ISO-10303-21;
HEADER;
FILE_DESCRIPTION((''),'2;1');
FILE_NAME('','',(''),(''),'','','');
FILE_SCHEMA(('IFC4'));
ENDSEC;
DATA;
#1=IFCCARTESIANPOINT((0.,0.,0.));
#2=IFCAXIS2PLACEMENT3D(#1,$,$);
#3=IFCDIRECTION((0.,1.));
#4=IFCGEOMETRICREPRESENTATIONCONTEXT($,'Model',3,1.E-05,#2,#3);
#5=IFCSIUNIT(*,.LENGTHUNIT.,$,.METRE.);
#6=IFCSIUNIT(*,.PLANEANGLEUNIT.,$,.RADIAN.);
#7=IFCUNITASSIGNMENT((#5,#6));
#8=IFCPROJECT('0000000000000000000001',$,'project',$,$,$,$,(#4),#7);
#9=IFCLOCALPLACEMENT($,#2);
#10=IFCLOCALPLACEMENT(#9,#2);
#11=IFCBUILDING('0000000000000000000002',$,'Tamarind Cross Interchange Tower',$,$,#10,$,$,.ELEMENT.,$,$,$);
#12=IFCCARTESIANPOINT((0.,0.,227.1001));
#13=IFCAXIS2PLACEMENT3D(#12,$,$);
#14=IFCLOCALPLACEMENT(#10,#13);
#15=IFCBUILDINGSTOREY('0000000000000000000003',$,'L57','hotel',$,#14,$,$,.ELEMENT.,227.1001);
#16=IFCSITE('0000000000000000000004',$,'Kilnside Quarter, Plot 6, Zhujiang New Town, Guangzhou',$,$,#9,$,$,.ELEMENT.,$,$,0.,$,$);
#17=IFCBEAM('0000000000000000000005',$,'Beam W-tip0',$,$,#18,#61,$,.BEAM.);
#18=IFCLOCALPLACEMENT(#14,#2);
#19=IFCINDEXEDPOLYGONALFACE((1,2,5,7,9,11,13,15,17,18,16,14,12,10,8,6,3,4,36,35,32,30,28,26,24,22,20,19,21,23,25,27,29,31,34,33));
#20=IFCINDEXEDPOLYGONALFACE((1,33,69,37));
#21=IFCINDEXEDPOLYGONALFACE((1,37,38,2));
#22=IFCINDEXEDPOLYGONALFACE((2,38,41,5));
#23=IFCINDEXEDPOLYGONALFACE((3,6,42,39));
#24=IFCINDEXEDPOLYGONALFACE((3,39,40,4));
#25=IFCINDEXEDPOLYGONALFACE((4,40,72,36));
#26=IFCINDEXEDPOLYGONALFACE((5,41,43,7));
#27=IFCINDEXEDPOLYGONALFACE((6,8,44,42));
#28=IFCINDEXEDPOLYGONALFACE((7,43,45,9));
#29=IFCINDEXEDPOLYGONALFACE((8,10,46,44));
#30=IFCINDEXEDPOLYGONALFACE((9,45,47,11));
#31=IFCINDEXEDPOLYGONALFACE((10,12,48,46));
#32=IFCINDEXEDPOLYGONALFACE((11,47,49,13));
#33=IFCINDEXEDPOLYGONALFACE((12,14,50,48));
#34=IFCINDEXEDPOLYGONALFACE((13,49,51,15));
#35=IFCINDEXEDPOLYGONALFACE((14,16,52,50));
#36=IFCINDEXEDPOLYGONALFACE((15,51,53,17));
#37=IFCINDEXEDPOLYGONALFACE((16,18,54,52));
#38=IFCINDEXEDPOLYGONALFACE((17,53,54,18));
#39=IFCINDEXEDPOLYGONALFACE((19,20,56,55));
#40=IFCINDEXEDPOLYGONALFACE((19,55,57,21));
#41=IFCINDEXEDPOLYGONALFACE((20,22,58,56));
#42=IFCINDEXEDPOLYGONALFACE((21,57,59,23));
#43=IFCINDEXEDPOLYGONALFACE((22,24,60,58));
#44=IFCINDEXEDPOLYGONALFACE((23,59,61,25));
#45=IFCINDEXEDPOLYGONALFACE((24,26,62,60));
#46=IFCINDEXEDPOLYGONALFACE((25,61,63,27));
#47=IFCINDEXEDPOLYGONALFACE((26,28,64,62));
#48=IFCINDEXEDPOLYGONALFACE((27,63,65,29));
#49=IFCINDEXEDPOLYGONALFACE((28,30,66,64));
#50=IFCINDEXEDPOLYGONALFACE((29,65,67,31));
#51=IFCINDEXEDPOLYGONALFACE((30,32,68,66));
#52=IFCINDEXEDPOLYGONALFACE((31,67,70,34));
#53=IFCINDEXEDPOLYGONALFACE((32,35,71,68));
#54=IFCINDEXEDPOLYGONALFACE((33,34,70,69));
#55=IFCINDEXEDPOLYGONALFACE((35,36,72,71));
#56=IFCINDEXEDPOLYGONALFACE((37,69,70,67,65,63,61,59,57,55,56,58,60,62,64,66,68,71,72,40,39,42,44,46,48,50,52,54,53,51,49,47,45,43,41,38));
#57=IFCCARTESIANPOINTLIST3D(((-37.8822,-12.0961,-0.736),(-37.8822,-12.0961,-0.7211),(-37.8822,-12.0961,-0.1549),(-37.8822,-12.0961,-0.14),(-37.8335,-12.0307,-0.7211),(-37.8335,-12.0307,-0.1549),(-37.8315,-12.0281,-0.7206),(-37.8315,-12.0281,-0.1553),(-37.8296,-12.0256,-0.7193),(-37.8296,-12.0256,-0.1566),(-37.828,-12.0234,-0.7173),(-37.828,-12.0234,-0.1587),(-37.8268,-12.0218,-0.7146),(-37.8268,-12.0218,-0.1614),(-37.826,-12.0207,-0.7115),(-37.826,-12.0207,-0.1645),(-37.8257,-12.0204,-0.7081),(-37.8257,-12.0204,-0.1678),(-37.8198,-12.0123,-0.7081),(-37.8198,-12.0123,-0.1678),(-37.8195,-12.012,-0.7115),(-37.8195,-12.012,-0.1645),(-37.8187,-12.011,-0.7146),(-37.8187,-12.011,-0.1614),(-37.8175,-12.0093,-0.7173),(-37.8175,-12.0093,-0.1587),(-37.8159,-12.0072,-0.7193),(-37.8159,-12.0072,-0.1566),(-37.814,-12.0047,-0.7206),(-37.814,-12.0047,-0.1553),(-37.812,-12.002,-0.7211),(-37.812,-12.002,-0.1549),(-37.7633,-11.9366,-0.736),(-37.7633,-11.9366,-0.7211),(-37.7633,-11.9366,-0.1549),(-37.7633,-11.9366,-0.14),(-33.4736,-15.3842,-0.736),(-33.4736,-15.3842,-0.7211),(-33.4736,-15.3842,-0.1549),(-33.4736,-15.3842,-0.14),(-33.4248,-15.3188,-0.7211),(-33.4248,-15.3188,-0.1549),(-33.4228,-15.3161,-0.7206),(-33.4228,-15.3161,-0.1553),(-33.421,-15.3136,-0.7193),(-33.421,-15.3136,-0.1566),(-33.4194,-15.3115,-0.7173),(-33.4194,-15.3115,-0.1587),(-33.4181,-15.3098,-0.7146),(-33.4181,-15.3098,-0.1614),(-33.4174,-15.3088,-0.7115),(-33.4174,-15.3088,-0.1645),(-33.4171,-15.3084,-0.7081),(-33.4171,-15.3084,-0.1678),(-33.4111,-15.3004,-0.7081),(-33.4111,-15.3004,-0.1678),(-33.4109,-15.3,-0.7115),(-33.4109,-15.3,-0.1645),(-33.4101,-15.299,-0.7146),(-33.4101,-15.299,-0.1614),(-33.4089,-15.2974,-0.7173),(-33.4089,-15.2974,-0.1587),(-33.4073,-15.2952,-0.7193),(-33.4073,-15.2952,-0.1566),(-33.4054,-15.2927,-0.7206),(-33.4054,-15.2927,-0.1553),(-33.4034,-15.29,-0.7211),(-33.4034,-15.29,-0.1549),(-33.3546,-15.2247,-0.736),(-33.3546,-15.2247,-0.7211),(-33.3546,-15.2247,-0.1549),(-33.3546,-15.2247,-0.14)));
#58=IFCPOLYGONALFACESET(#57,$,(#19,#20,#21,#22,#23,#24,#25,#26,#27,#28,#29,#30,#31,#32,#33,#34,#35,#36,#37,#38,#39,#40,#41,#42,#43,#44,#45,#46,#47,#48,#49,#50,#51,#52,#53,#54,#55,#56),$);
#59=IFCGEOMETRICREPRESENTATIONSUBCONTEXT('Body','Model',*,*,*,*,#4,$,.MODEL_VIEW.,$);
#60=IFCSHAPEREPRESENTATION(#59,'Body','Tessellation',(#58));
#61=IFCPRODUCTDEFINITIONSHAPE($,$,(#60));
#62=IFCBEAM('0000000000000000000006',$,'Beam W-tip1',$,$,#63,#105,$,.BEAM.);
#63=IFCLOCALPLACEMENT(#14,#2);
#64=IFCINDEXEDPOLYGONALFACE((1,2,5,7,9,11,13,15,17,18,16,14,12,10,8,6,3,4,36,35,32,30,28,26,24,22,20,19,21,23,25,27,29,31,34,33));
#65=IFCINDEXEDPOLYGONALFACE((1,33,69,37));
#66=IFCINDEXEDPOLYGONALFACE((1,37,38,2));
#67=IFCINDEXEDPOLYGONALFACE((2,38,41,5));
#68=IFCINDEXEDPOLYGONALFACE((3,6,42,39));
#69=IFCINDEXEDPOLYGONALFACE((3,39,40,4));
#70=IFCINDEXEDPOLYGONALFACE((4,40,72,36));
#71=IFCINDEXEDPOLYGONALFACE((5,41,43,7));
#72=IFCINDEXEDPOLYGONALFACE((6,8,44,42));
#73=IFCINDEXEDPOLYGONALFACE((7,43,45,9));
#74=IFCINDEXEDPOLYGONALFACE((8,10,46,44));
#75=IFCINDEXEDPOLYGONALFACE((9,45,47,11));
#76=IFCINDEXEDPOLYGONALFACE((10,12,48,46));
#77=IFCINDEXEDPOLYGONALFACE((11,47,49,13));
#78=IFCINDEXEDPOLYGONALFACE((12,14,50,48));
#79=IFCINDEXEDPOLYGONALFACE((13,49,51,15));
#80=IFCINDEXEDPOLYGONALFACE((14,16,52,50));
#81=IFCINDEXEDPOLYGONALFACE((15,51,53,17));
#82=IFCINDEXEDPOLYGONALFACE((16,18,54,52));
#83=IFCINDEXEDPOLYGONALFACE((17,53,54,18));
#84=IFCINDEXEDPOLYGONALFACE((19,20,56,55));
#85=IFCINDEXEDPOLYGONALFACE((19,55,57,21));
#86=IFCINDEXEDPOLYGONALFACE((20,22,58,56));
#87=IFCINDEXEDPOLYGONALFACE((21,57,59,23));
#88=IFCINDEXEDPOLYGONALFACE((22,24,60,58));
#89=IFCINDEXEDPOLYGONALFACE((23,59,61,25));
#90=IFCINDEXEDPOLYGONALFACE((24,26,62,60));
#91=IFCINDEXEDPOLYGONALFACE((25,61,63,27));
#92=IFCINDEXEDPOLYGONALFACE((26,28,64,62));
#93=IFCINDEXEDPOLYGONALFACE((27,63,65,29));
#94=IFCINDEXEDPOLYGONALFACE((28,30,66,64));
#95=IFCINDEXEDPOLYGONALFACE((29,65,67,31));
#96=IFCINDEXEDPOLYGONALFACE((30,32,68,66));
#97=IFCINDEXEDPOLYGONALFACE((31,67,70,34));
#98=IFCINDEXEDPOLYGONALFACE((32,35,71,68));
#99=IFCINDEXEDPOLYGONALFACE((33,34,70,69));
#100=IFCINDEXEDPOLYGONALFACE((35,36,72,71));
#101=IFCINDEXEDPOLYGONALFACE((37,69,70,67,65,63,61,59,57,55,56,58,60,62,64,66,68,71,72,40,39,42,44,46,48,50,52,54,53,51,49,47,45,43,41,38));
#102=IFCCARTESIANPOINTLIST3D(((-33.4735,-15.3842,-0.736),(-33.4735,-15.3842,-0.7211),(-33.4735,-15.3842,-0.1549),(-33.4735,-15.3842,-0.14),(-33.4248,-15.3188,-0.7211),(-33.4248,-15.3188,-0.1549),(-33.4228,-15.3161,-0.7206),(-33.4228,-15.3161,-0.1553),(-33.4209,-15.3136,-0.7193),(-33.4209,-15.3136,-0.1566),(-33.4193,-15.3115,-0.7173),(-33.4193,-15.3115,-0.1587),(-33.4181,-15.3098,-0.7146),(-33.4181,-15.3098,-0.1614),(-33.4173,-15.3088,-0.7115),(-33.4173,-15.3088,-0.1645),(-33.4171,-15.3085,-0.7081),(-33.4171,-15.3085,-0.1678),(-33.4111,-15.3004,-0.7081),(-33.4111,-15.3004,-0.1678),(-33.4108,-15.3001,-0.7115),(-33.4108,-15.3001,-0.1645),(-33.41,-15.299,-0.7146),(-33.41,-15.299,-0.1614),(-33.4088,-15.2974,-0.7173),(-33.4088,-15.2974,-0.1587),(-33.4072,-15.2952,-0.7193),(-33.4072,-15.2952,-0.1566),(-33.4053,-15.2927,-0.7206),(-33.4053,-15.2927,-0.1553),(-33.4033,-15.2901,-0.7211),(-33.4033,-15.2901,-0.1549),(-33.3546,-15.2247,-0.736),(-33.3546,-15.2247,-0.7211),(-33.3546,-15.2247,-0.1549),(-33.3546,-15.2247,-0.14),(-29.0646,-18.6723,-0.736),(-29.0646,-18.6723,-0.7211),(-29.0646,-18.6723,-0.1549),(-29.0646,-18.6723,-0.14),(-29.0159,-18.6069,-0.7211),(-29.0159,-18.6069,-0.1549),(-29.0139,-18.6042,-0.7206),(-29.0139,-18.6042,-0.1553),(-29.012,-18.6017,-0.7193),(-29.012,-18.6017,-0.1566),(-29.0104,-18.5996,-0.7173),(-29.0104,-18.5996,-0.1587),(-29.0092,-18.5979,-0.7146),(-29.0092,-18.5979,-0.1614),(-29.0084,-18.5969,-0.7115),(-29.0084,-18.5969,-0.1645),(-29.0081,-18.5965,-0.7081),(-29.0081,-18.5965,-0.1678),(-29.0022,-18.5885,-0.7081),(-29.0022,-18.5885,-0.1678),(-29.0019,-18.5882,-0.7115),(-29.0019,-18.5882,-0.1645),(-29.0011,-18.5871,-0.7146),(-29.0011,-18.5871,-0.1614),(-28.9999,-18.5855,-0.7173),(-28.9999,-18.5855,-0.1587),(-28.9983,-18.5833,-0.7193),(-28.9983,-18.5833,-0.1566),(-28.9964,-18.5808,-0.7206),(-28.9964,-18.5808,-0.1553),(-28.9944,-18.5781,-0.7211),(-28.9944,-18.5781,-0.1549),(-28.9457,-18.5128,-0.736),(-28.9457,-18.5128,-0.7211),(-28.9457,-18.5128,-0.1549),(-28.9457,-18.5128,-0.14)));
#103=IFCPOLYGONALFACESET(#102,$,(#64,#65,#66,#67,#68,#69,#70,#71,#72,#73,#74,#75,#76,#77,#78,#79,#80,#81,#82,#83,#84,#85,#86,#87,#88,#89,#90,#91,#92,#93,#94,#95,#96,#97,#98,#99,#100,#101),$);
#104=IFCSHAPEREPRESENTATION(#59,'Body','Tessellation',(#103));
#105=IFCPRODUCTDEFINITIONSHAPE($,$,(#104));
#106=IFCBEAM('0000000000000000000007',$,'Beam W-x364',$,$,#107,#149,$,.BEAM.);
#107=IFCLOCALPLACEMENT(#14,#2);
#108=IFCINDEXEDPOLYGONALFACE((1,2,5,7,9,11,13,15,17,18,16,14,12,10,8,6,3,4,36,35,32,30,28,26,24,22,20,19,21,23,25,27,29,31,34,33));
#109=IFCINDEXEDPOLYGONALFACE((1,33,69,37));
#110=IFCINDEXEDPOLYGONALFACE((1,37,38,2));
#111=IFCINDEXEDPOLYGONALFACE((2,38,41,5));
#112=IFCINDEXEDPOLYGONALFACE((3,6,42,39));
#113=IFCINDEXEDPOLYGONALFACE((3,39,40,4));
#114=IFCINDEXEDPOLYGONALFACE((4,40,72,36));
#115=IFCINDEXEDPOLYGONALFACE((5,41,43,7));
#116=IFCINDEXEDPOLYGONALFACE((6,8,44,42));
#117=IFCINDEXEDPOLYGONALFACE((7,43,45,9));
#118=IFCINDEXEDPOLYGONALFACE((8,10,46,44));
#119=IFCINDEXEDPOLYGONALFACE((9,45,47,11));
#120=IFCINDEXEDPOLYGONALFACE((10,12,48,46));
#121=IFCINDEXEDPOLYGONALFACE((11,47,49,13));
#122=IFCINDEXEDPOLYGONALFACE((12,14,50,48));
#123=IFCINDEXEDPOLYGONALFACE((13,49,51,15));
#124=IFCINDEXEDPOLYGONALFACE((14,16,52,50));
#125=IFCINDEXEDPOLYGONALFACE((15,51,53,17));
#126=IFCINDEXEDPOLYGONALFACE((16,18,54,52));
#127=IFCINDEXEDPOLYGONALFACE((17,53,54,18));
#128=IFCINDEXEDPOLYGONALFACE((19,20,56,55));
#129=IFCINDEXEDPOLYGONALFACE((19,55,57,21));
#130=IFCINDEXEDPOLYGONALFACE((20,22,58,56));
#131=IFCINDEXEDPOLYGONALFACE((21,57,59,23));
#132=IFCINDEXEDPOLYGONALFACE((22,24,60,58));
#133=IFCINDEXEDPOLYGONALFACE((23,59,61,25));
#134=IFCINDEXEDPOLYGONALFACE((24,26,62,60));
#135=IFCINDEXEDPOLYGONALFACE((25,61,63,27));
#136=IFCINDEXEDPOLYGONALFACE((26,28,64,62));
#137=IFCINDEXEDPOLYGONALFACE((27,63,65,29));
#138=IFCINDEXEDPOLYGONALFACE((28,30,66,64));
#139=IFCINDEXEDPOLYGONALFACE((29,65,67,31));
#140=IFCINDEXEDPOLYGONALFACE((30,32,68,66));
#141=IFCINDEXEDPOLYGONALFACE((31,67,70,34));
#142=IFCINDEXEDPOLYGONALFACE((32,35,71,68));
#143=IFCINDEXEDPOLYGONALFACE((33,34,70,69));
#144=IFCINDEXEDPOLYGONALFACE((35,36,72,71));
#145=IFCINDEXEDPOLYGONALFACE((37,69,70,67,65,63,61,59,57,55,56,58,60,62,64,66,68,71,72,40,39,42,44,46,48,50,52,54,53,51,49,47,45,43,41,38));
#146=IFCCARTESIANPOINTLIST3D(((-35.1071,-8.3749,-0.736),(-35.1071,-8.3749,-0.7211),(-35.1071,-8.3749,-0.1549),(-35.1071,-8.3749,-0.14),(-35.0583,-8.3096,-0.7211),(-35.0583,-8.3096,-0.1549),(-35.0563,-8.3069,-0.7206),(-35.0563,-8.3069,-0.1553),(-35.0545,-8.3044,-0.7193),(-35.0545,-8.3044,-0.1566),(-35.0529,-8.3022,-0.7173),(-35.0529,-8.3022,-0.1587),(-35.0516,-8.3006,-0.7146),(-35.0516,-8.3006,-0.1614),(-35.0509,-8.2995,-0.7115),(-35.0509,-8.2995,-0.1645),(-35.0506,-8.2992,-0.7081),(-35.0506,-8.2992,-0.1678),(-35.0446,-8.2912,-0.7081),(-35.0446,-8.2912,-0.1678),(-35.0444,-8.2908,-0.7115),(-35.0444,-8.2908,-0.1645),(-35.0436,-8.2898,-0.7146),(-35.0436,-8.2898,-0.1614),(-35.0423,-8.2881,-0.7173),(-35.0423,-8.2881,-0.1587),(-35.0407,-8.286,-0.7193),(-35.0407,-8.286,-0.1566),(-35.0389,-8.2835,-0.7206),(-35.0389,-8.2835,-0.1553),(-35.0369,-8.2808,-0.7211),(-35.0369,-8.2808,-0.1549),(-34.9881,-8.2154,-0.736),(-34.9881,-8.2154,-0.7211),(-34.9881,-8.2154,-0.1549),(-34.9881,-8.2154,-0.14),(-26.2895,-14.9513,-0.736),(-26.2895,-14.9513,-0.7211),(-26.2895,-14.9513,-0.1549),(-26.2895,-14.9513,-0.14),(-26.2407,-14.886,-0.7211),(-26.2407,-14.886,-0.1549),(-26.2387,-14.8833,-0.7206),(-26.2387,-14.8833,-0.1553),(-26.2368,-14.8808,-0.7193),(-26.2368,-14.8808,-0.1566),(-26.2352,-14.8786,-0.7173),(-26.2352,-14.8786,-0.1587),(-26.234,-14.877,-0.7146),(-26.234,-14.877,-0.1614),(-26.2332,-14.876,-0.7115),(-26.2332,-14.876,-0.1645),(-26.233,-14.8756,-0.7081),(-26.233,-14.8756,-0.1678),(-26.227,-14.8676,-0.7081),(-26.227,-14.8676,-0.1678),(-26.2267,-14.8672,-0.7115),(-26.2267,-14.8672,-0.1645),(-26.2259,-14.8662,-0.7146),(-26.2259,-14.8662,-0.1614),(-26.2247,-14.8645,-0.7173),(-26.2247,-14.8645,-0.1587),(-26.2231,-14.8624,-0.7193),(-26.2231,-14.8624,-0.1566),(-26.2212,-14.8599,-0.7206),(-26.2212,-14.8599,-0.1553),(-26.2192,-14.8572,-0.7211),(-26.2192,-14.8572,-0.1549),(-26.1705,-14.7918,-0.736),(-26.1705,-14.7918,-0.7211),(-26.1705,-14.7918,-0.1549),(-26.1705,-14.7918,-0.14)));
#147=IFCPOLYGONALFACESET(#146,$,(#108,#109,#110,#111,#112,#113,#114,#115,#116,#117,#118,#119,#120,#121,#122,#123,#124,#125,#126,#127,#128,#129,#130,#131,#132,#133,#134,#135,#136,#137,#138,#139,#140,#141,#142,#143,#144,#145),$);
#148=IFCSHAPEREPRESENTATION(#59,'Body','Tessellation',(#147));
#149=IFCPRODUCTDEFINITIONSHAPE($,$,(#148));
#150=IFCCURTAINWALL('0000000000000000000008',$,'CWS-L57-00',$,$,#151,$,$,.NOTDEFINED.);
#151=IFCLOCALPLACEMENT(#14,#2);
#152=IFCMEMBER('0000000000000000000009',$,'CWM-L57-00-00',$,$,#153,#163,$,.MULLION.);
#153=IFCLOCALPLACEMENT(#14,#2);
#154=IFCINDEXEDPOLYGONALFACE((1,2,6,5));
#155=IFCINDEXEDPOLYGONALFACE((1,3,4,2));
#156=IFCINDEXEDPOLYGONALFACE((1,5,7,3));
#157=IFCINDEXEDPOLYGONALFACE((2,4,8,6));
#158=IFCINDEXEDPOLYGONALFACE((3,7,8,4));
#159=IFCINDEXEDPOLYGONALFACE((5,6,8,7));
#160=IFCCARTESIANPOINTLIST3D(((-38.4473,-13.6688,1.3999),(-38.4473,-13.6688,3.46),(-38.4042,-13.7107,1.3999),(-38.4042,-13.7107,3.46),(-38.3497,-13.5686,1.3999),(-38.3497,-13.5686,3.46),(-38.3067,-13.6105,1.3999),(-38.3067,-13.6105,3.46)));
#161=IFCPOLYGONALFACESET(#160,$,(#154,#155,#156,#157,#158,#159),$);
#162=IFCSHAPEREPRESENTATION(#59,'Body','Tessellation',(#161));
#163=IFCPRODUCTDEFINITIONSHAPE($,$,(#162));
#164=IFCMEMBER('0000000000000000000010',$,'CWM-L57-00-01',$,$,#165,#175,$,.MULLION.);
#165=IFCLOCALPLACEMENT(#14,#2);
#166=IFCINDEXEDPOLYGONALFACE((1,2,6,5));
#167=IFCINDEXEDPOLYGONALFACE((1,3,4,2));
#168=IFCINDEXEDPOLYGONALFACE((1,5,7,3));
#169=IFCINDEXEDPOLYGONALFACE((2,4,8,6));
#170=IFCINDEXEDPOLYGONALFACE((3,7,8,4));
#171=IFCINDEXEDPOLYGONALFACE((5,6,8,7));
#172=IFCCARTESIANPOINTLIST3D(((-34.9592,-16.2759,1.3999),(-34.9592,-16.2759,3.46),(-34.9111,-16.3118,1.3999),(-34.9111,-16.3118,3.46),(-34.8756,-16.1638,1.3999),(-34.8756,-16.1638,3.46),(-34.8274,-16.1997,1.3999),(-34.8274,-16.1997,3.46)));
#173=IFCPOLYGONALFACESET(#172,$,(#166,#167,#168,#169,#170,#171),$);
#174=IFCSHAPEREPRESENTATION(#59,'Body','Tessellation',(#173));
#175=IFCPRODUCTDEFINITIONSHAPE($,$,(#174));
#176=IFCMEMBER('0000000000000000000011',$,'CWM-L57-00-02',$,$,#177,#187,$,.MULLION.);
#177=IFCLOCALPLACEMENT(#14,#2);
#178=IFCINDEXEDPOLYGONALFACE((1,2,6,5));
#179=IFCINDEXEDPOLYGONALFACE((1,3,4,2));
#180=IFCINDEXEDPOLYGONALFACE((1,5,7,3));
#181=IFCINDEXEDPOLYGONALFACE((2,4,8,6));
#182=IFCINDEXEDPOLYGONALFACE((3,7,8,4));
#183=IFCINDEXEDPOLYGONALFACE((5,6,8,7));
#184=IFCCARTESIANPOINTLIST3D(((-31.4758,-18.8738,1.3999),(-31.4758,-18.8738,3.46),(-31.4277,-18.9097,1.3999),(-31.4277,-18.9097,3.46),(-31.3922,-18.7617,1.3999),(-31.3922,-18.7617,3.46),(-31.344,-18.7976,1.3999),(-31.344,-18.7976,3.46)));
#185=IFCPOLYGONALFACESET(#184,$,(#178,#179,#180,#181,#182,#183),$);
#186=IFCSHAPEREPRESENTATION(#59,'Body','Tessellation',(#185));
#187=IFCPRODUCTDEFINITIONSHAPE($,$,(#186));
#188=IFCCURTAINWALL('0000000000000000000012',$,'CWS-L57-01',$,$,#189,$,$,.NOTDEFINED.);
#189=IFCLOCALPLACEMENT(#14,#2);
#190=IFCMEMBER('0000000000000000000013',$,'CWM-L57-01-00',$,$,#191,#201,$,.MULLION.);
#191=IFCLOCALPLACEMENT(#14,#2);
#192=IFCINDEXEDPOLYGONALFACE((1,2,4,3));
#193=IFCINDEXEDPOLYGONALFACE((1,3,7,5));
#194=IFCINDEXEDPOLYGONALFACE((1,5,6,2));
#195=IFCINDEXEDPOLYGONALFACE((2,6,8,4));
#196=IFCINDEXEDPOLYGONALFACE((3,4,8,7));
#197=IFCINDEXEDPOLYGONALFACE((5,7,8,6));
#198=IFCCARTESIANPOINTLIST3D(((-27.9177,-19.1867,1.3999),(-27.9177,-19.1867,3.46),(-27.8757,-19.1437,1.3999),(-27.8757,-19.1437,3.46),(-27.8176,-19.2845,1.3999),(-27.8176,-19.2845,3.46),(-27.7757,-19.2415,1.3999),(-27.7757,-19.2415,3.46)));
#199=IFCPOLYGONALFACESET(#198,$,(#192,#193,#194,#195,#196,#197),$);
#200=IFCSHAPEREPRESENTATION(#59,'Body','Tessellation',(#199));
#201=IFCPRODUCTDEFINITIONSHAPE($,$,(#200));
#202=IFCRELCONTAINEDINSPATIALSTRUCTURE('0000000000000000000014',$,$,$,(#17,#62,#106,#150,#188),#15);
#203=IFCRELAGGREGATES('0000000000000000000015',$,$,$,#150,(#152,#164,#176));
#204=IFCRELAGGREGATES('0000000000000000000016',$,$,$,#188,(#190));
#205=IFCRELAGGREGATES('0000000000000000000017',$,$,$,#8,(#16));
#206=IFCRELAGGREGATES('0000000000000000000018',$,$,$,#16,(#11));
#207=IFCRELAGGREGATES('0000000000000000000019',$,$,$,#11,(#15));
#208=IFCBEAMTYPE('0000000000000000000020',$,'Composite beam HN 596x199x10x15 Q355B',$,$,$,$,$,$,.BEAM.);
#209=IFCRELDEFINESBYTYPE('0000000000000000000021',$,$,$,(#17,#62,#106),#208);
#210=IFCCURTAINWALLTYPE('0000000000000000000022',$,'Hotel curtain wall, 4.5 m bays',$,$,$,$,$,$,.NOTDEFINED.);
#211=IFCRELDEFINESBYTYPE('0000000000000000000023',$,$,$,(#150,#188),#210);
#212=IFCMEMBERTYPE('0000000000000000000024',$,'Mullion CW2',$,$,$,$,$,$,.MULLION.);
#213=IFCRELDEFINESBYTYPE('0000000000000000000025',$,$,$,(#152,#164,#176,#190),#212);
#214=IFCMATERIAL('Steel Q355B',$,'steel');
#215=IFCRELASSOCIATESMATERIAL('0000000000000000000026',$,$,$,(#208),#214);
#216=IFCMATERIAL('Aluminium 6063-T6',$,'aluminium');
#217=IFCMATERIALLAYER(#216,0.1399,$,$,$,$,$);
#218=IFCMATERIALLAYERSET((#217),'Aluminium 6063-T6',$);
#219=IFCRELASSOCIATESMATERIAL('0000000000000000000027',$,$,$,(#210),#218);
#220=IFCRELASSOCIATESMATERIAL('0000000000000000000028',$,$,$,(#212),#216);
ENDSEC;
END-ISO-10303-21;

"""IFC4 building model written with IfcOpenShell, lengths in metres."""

from ifc_helpers import new_model, si_unit, direction, frame, origin, origin_2d, place, context, subcontext, project, spatial, rectangle, i_section, extrude, material, layer, layer_set, material_profile, profile_set, type_object, element, aggregate, save


model = new_model("IFC4")

# Units and contexts
model_context = context("Model", 3, precision=1e-05, world=origin(), true_north=direction((0.0, 1.0)))
body_context = subcontext(model_context, "Body", "Model", "MODEL_VIEW")
ifc_project = project(units=[si_unit("LENGTHUNIT", "METRE"), si_unit("PLANEANGLEUNIT", "RADIAN")], contexts=[model_context])

# Site, building, storey
site_placement = place(None, origin())
site = spatial("IfcSite", under=ifc_project, at=site_placement, Name="Kilnside Quarter, Plot 6, Zhujiang New Town, Guangzhou", CompositionType="ELEMENT", RefElevation=0.0)
building_placement = place(site_placement, origin())
building = spatial("IfcBuilding", under=site, at=building_placement, Name="Tamarind Cross Interchange Tower", CompositionType="ELEMENT")
storey_placement = place(building_placement, frame((0.0, 0.0, 227.1001)))
storey = spatial("IfcBuildingStorey", under=building, at=storey_placement, Name="L57", Description="hotel", CompositionType="ELEMENT", Elevation=227.1001)

# Beams
ifc_material_1 = material(Name="Steel Q355B", Category="steel")
ifc_material_profile_1 = material_profile(ifc_material_1, i_section(OverallWidth=0.199, OverallDepth=0.5959, WebThickness=0.01, FlangeThickness=0.0149, FilletRadius=0.0129, at=origin_2d()), Name="HN 596x199x10x15")
ifc_profile_set_1 = profile_set([ifc_material_profile_1], Name="Steel Q355B")
beam_type_1 = type_object("IfcBeamType", Name="Composite beam HN 596x199x10x15 Q355B", PredefinedType="BEAM", material=ifc_profile_set_1)
beam_1_placement = place(storey_placement, frame((-37.8228, -12.0164, -0.438), z_axis=(0.801606, -0.597853, 0.0), x_axis=(0.597853, 0.801606, 0.0)))
element("IfcBeam", 1, at=beam_1_placement, inside=storey, type_object=beam_type_1, Name="Beam W-tip0", PredefinedType="BEAM", context=body_context, shape_type="SweptSolid", body=[
    extrude(i_section(OverallWidth=0.199, OverallDepth=0.5959, WebThickness=0.01, FlangeThickness=0.0149, FilletRadius=0.0129, at=origin_2d()), origin(), (0.0, 0.0, 1.0), 5.4998),
])
beam_2_placement = place(storey_placement, frame((-33.4141, -15.3044, -0.438), z_axis=(0.801622, -0.597832, 0.0), x_axis=(0.597832, 0.801622, 0.0)))
element("IfcBeam", 2, at=beam_2_placement, inside=storey, type_object=beam_type_1, Name="Beam W-tip1", PredefinedType="BEAM", context=body_context, shape_type="SweptSolid", body=[
    extrude(i_section(OverallWidth=0.199, OverallDepth=0.5959, WebThickness=0.01, FlangeThickness=0.0149, FilletRadius=0.0129, at=origin_2d()), origin(), (0.0, 0.0, 1.0), 5.5),
])
beam_3_placement = place(storey_placement, frame((-35.0476, -8.2952, -0.438), z_axis=(0.801603, -0.597857, 0.0), x_axis=(0.597857, 0.801603, 0.0)))
element("IfcBeam", 3, at=beam_3_placement, inside=storey, type_object=beam_type_1, Name="Beam W-x364", PredefinedType="BEAM", context=body_context, shape_type="SweptSolid", body=[
    extrude(i_section(OverallWidth=0.199, OverallDepth=0.5959, WebThickness=0.01, FlangeThickness=0.0149, FilletRadius=0.0129, at=origin_2d()), origin(), (0.0, 0.0, 1.0), 11.0),
])

# Curtain walls, members
ifc_material_2 = material(Name="Aluminium 6063-T6", Category="aluminium")
ifc_layer_1 = layer(ifc_material_2, 0.1399)
ifc_layer_set_1 = layer_set([ifc_layer_1], Name="Aluminium 6063-T6")
curtain_wall_type = type_object("IfcCurtainWallType", Name="Hotel curtain wall, 4.5 m bays", PredefinedType="NOTDEFINED", material=ifc_layer_set_1)
curtain_wall_1_placement = place(storey_placement, origin())
curtain_wall_1 = element("IfcCurtainWall", 4, at=curtain_wall_1_placement, inside=storey, type_object=curtain_wall_type, Name="CWS-L57-00", PredefinedType="NOTDEFINED")
ifc_material_profile_2 = material_profile(ifc_material_2, rectangle(XDim=0.0601, YDim=0.1399, at=origin_2d()), Name="Mullion CW2")
ifc_profile_set_2 = profile_set([ifc_material_profile_2], Name="Aluminium 6063-T6")
member_type = type_object("IfcMemberType", Name="Mullion CW2", PredefinedType="MULLION", material=ifc_profile_set_2)
member_1_placement = place(storey_placement, frame((-38.377, -13.6396, 1.3999), z_axis=(0.0, 0.0, 1.0), x_axis=(0.716726, -0.697355, 0.0)))
member_1 = element("IfcMember", 5, at=member_1_placement, type_object=member_type, Name="CWM-L57-00-00", PredefinedType="MULLION", context=body_context, shape_type="SweptSolid", body=[
    extrude(rectangle(XDim=0.0601, YDim=0.1399, at=origin_2d()), origin(), (0.0, 0.0, 1.0), 2.0601),
])
member_2_placement = place(storey_placement, frame((-34.8933, -16.2378, 1.3999), z_axis=(0.0, 0.0, 1.0), x_axis=(0.801617, -0.597838, 0.0)))
member_2 = element("IfcMember", 6, at=member_2_placement, type_object=member_type, Name="CWM-L57-00-01", PredefinedType="MULLION", context=body_context, shape_type="SweptSolid", body=[
    extrude(rectangle(XDim=0.0601, YDim=0.1399, at=origin_2d()), origin(), (0.0, 0.0, 1.0), 2.0601),
])
member_3_placement = place(storey_placement, frame((-31.4099, -18.8357, 1.3999), z_axis=(0.0, 0.0, 1.0), x_axis=(0.801617, -0.597838, 0.0)))
member_3 = element("IfcMember", 7, at=member_3_placement, type_object=member_type, Name="CWM-L57-00-02", PredefinedType="MULLION", context=body_context, shape_type="SweptSolid", body=[
    extrude(rectangle(XDim=0.0601, YDim=0.1399, at=origin_2d()), origin(), (0.0, 0.0, 1.0), 2.0601),
])
aggregate(curtain_wall_1, [member_1, member_2, member_3])
curtain_wall_2_placement = place(storey_placement, origin())
curtain_wall_2 = element("IfcCurtainWall", 8, at=curtain_wall_2_placement, inside=storey, type_object=curtain_wall_type, Name="CWS-L57-01", PredefinedType="NOTDEFINED")
member_4_placement = place(storey_placement, frame((-27.8467, -19.2141, 1.3999), z_axis=(0.0, 0.0, 1.0), x_axis=(0.698911, 0.715209, 0.0)))
member_4 = element("IfcMember", 9, at=member_4_placement, type_object=member_type, Name="CWM-L57-01-00", PredefinedType="MULLION", context=body_context, shape_type="SweptSolid", body=[
    extrude(rectangle(XDim=0.0601, YDim=0.1399, at=origin_2d()), origin(), (0.0, 0.0, 1.0), 2.0601),
])
aggregate(curtain_wall_2, [member_4])

save(model, "model.ifc")
